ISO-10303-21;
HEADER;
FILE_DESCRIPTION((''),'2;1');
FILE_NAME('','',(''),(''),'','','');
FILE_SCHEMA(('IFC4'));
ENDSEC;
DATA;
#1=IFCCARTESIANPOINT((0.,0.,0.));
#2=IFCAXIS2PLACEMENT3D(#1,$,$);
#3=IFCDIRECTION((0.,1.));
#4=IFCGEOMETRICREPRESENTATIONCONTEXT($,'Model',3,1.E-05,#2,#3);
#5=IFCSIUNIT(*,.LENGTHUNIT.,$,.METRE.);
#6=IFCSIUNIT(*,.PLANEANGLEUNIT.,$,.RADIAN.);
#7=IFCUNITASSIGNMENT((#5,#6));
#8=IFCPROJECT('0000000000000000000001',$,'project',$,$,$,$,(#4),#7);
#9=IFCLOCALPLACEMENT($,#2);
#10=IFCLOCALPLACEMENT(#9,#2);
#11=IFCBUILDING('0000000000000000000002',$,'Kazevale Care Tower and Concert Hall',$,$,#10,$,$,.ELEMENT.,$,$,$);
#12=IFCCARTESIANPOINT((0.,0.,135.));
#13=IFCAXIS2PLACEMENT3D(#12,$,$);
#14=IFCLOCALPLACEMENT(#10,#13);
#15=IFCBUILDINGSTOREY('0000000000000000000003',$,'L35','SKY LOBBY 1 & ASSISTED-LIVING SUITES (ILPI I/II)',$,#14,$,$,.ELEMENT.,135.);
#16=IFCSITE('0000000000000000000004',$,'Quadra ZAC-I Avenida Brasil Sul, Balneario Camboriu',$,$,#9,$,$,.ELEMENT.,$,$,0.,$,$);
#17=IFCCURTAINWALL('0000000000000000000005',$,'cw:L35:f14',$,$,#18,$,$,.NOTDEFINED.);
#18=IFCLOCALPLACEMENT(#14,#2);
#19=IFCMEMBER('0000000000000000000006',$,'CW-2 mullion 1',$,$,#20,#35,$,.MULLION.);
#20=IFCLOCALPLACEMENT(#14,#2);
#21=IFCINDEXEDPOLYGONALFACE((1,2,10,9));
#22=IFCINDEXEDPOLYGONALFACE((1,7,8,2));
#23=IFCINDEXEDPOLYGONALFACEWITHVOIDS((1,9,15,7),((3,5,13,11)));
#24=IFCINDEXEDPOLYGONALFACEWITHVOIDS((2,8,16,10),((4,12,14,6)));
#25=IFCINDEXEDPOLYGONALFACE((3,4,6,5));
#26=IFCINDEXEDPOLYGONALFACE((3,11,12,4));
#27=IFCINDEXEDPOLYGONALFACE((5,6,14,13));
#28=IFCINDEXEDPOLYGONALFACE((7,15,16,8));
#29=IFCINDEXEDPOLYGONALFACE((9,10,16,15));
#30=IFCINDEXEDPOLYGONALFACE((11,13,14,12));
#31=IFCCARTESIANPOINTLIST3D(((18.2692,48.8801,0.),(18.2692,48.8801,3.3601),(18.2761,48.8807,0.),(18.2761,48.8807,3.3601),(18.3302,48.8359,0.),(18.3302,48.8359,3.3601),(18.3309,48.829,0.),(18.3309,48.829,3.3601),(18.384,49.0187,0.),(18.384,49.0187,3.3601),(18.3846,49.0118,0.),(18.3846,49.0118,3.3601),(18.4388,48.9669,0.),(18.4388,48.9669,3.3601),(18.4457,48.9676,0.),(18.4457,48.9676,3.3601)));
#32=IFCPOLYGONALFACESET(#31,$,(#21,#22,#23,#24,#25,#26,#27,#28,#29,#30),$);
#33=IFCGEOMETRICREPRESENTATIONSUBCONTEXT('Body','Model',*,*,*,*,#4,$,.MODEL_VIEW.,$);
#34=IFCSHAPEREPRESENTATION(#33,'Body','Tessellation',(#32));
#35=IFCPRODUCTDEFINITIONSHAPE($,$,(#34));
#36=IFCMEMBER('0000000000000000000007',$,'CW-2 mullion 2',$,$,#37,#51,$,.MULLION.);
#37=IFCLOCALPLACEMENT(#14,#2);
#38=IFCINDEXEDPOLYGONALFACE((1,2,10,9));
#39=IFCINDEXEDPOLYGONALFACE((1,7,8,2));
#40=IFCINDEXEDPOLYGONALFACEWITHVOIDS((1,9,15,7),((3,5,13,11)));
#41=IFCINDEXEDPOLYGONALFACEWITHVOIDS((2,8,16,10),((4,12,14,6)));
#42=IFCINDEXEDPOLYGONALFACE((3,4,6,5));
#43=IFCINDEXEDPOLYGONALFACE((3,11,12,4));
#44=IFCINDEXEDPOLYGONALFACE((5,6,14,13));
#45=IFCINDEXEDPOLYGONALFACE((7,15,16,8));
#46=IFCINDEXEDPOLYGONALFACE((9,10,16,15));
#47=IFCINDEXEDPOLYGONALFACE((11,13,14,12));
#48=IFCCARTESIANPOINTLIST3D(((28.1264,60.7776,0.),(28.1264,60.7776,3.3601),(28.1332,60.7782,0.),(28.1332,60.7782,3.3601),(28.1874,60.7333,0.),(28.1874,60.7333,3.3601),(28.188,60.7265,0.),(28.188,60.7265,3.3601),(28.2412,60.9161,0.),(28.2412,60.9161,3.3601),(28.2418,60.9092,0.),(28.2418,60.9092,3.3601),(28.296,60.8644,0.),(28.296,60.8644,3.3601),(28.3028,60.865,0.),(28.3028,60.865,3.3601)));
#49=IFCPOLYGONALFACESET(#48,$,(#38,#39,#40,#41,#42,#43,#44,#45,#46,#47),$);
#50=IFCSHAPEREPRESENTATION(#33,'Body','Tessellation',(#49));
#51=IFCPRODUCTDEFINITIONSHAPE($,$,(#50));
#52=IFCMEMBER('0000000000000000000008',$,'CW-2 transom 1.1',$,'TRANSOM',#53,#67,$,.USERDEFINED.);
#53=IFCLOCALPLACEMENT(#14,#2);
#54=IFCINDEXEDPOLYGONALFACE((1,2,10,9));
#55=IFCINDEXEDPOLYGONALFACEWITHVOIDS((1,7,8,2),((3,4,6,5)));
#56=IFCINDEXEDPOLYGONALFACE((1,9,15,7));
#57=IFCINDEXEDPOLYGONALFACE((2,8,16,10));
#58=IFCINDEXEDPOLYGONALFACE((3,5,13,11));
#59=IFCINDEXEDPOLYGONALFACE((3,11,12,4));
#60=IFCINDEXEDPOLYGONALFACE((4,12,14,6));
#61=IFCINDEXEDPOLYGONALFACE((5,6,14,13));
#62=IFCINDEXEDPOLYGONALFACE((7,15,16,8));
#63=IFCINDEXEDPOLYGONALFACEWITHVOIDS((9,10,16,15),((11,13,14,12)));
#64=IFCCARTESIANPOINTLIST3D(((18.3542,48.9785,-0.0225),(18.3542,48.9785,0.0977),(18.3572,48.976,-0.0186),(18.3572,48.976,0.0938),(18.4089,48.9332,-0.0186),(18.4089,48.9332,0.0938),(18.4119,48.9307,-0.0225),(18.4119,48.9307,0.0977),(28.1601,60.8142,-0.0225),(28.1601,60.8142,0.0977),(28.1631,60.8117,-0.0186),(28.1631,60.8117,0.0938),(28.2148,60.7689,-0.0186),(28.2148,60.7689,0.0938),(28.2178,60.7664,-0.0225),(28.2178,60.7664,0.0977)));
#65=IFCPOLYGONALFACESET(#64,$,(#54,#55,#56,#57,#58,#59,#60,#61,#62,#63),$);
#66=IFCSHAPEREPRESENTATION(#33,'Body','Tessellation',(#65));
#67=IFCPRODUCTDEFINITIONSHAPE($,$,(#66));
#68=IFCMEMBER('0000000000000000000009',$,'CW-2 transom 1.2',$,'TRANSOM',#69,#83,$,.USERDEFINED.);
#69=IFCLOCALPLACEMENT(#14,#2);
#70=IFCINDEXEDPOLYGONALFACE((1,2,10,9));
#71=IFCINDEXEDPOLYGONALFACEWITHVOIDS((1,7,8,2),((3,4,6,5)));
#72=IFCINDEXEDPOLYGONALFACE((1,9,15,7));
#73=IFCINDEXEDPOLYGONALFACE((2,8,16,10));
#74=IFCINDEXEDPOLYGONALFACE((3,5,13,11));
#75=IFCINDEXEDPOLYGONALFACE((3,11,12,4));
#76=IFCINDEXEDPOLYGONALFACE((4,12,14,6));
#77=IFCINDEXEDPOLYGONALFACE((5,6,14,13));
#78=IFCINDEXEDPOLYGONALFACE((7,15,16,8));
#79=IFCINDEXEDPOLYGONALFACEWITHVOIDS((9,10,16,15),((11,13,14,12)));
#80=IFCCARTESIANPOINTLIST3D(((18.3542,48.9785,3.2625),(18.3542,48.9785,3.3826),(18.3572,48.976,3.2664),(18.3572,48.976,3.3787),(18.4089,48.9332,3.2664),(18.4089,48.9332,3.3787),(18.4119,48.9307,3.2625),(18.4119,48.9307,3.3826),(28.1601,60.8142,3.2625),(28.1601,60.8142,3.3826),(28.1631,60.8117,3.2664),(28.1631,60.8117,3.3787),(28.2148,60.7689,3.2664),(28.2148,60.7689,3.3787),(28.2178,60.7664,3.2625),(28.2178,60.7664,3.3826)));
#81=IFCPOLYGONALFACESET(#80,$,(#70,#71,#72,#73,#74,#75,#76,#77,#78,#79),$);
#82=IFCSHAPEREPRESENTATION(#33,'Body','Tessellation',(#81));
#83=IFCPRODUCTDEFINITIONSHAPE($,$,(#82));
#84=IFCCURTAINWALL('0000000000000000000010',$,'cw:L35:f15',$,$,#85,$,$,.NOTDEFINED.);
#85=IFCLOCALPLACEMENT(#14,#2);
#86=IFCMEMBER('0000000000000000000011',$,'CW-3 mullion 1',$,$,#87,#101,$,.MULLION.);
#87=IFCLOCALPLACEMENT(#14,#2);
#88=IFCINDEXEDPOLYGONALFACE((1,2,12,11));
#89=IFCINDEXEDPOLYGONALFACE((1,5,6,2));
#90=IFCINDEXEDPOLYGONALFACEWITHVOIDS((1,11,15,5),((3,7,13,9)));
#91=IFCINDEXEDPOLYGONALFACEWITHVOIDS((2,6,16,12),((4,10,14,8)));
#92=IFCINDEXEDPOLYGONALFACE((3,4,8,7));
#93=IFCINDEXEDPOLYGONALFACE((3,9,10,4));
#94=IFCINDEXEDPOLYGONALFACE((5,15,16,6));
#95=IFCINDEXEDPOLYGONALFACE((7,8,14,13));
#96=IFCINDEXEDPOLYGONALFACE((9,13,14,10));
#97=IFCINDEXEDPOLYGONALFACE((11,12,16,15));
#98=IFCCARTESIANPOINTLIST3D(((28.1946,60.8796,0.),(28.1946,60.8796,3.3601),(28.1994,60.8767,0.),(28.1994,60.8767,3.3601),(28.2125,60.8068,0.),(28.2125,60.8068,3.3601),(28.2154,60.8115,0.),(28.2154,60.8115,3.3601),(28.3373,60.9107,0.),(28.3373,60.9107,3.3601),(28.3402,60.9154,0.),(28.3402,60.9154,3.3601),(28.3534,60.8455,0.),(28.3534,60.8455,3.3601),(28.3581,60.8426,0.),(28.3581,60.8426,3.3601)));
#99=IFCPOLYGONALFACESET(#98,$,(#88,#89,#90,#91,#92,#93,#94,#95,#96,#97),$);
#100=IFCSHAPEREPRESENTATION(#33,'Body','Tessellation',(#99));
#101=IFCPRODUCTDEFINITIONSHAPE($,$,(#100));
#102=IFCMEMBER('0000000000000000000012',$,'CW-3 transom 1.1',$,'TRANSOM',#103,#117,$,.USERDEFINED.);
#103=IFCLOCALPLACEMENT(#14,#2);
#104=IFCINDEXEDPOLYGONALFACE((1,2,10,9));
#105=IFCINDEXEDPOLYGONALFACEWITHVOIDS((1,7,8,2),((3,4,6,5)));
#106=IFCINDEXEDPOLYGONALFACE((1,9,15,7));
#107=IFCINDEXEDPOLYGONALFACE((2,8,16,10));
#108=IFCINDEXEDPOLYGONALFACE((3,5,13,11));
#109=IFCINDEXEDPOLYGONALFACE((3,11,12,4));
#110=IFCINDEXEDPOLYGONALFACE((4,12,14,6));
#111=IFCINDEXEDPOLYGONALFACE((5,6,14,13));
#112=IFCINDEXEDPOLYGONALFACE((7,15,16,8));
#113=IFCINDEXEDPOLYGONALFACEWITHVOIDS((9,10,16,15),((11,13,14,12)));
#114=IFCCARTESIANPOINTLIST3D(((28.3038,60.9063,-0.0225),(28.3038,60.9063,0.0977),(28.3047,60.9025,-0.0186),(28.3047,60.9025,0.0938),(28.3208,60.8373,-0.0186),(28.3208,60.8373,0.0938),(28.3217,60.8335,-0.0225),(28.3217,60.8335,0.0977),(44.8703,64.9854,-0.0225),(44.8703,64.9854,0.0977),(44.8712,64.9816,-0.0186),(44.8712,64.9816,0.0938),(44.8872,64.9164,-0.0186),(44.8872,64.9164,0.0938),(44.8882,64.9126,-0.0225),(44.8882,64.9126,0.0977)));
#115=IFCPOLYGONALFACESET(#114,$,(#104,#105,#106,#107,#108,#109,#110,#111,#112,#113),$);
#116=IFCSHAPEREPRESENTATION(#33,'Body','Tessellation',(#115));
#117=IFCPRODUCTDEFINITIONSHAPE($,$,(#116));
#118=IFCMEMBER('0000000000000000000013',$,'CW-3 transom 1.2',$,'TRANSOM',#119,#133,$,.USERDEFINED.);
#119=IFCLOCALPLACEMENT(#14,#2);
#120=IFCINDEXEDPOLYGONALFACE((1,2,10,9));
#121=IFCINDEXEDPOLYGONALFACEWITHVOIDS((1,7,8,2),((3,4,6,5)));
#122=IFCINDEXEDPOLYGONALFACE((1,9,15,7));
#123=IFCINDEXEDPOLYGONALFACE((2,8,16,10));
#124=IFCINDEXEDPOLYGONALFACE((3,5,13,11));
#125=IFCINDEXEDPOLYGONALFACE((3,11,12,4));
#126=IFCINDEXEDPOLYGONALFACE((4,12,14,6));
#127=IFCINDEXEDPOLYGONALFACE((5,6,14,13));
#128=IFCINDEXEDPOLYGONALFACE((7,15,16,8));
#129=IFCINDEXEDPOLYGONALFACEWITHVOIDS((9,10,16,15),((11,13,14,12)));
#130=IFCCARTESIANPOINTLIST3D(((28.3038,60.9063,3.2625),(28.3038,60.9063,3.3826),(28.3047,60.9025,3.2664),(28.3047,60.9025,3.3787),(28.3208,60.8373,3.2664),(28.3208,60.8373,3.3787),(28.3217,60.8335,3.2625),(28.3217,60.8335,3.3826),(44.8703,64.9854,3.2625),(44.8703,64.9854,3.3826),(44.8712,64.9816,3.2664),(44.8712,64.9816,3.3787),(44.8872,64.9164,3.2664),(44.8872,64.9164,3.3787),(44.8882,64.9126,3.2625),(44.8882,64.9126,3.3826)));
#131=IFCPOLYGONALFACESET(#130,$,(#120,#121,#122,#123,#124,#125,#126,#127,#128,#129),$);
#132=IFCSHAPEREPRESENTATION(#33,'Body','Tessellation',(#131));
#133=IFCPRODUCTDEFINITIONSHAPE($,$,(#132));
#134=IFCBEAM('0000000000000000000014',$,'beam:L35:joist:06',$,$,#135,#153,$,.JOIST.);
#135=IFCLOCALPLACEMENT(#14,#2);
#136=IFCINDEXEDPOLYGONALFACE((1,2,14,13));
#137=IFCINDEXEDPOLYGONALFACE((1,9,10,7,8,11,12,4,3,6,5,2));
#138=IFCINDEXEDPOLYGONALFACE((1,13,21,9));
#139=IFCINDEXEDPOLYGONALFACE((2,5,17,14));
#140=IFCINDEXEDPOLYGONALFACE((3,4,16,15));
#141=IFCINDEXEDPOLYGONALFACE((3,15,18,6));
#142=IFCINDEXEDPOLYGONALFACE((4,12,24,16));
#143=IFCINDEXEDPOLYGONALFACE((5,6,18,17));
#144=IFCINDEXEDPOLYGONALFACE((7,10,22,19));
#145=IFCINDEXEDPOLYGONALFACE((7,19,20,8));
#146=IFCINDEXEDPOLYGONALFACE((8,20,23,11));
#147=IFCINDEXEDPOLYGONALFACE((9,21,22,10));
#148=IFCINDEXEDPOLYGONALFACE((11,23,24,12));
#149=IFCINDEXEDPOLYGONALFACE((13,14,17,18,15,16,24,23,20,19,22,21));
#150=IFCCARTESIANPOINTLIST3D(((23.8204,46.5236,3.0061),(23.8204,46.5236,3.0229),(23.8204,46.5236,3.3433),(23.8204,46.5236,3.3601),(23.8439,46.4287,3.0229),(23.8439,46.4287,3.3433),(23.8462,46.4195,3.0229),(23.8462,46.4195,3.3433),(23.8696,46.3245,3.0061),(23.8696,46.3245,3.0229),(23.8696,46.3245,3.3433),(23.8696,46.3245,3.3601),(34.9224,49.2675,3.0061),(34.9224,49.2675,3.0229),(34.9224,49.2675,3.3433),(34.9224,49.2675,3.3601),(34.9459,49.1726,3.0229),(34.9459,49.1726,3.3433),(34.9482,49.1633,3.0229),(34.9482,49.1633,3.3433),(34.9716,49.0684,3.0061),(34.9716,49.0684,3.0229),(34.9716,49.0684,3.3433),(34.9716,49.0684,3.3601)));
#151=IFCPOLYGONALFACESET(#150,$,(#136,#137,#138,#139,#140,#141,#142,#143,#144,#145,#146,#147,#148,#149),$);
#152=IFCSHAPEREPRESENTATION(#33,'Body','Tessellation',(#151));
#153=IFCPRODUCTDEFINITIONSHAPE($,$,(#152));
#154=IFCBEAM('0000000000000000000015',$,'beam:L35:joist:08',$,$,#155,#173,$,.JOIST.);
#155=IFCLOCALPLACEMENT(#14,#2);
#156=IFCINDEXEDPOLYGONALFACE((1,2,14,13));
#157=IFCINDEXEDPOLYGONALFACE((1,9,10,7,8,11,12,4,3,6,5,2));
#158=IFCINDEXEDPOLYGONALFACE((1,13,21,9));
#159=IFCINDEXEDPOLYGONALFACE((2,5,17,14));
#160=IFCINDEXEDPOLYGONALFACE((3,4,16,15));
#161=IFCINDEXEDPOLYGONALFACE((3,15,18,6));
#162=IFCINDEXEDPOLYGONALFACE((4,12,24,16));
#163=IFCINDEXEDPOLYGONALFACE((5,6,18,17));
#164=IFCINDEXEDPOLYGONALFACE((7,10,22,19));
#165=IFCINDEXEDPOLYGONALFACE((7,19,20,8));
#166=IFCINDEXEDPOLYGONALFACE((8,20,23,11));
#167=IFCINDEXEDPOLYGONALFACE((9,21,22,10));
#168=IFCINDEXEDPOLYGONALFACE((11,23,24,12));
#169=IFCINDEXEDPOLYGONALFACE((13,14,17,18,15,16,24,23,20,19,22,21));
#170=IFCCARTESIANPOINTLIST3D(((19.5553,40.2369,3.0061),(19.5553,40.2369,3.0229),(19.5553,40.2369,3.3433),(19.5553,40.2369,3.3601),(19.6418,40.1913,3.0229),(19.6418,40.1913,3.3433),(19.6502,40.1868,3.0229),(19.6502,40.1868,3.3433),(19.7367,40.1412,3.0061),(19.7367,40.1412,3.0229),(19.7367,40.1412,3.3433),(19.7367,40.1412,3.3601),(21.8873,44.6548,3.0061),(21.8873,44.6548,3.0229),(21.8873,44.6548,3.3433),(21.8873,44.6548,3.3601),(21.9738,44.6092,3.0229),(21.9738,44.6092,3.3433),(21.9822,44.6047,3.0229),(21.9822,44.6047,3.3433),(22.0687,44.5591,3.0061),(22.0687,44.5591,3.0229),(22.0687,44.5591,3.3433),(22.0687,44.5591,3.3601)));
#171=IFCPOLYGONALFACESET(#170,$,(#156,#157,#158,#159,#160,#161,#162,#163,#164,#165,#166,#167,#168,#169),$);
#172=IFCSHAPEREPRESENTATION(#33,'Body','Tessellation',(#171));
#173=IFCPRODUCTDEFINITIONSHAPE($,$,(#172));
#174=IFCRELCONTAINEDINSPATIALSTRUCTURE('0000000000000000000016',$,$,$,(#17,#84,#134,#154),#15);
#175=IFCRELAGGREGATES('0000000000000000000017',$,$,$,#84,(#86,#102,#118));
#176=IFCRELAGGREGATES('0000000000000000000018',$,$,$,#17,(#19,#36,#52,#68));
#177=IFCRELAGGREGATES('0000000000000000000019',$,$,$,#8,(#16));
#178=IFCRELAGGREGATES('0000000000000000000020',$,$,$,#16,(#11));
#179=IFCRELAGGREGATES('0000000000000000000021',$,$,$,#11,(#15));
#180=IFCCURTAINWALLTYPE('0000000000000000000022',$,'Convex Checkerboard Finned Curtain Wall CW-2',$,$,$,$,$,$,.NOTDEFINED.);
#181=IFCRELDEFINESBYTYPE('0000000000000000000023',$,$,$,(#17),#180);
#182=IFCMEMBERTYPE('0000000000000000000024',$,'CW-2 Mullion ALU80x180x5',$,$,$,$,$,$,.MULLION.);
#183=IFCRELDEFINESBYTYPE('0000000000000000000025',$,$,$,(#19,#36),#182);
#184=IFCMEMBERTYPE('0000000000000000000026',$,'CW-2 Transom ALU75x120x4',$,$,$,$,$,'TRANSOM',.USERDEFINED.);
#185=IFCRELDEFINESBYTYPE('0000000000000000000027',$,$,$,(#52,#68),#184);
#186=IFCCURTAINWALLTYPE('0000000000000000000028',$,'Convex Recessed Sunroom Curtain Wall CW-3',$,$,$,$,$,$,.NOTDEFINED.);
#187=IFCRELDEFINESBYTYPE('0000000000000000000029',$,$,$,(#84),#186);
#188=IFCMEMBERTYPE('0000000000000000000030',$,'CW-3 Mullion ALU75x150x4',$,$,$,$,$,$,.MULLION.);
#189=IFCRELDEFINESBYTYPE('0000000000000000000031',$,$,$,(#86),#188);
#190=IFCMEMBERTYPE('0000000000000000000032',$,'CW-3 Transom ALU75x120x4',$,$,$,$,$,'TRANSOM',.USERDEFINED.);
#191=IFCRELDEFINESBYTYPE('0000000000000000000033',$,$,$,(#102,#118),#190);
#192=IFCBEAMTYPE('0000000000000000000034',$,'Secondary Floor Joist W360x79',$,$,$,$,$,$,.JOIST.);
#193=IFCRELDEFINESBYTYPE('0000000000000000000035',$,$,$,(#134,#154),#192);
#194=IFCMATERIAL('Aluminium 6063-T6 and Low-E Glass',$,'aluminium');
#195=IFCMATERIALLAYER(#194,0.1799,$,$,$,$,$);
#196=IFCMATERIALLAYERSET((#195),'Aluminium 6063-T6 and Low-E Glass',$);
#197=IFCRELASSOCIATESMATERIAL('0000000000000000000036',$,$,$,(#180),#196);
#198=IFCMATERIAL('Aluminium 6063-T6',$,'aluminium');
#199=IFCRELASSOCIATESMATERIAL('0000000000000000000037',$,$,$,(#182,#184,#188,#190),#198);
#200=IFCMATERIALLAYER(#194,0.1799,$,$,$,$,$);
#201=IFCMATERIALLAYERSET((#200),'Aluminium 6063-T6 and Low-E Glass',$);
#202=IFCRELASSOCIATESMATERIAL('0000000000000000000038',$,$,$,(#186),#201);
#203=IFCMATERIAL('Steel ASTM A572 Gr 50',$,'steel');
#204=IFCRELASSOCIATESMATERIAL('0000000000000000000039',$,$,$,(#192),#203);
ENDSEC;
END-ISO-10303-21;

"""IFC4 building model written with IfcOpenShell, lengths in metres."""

from ifc_helpers import new_model, si_unit, direction, frame, origin, origin_2d, place, context, subcontext, project, spatial, hollow_rectangle, i_section, extrude, material, layer, layer_set, material_profile, profile_set, type_object, element, aggregate, save


model = new_model("IFC4")

# Units and contexts
model_context = context("Model", 3, precision=1e-05, world=origin(), true_north=direction((0.0, 1.0)))
body_context = subcontext(model_context, "Body", "Model", "MODEL_VIEW")
ifc_project = project(units=[si_unit("LENGTHUNIT", "METRE"), si_unit("PLANEANGLEUNIT", "RADIAN")], contexts=[model_context])

# Site, building, storey
site_placement = place(None, origin())
site = spatial("IfcSite", under=ifc_project, at=site_placement, Name="Quadra ZAC-I Avenida Brasil Sul, Balneario Camboriu", CompositionType="ELEMENT", RefElevation=0.0)
building_placement = place(site_placement, origin())
building = spatial("IfcBuilding", under=site, at=building_placement, Name="Kazevale Care Tower and Concert Hall", CompositionType="ELEMENT")
storey_placement = place(building_placement, frame((0.0, 0.0, 135.0)))
storey = spatial("IfcBuildingStorey", under=building, at=storey_placement, Name="L35", Description="SKY LOBBY 1 & ASSISTED-LIVING SUITES (ILPI I/II)", CompositionType="ELEMENT", Elevation=135.0)

# Curtain walls, members
ifc_material_1 = material(Name="Aluminium 6063-T6 and Low-E Glass", Category="aluminium")
ifc_layer_1 = layer(ifc_material_1, 0.1799)
ifc_layer_set_1 = layer_set([ifc_layer_1], Name="Aluminium 6063-T6 and Low-E Glass")
curtain_wall_type_1 = type_object("IfcCurtainWallType", Name="Convex Checkerboard Finned Curtain Wall CW-2", PredefinedType="NOTDEFINED", material=ifc_layer_set_1)
curtain_wall_1_placement = place(storey_placement, origin())
curtain_wall_1 = element("IfcCurtainWall", 1, at=curtain_wall_1_placement, inside=storey, type_object=curtain_wall_type_1, Name="cw:L35:f14", PredefinedType="NOTDEFINED")
ifc_material_2 = material(Name="Aluminium 6063-T6", Category="aluminium")
ifc_material_profile_1 = material_profile(ifc_material_2, hollow_rectangle(XDim=0.0801, YDim=0.1799, WallThickness=0.0049, at=origin_2d()), Name="ALU80x180x5")
ifc_profile_set_1 = profile_set([ifc_material_profile_1], Name="Aluminium 6063-T6")
member_type_1 = type_object("IfcMemberType", Name="CW-2 Mullion ALU80x180x5", PredefinedType="MULLION", material=ifc_profile_set_1)
member_1_placement = place(storey_placement, frame((18.3574, 48.9238, 0.0), z_axis=(0.0, 0.0, 1.0), x_axis=(-0.77005, 0.637984, 0.0)))
member_1 = element("IfcMember", 2, at=member_1_placement, type_object=member_type_1, Name="CW-2 mullion 1", PredefinedType="MULLION", context=body_context, shape_type="SweptSolid", body=[
    extrude(hollow_rectangle(XDim=0.0801, YDim=0.1799, WallThickness=0.0049, at=origin_2d()), origin(), (0.0, 0.0, 1.0), 3.3601),
])
member_2_placement = place(storey_placement, frame((28.2146, 60.8213, 0.0), z_axis=(0.0, 0.0, 1.0), x_axis=(-0.77005, 0.637984, 0.0)))
member_2 = element("IfcMember", 3, at=member_2_placement, type_object=member_type_1, Name="CW-2 mullion 2", PredefinedType="MULLION", context=body_context, shape_type="SweptSolid", body=[
    extrude(hollow_rectangle(XDim=0.0801, YDim=0.1799, WallThickness=0.0049, at=origin_2d()), origin(), (0.0, 0.0, 1.0), 3.3601),
])
ifc_material_profile_2 = material_profile(ifc_material_2, hollow_rectangle(XDim=0.075, YDim=0.1201, WallThickness=0.0039, at=origin_2d()), Name="ALU75x120x4")
ifc_profile_set_2 = profile_set([ifc_material_profile_2], Name="Aluminium 6063-T6")
member_type_2 = type_object("IfcMemberType", Name="CW-2 Transom ALU75x120x4", ElementType="TRANSOM", PredefinedType="USERDEFINED", material=ifc_profile_set_2)
member_3_placement = place(storey_placement, frame((18.3831, 48.9546, 0.0376), z_axis=(0.637987, 0.770047, 0.0), x_axis=(-0.770047, 0.637987, 0.0)))
member_3 = element("IfcMember", 4, at=member_3_placement, type_object=member_type_2, Name="CW-2 transom 1.1", ObjectType="TRANSOM", PredefinedType="USERDEFINED", context=body_context, shape_type="SweptSolid", body=[
    extrude(hollow_rectangle(XDim=0.075, YDim=0.1201, WallThickness=0.0039, at=origin_2d()), origin(), (0.0, 0.0, 1.0), 15.3701),
])
member_4_placement = place(storey_placement, frame((18.3831, 48.9546, 3.3225), z_axis=(0.637987, 0.770047, 0.0), x_axis=(-0.770047, 0.637987, 0.0)))
member_4 = element("IfcMember", 5, at=member_4_placement, type_object=member_type_2, Name="CW-2 transom 1.2", ObjectType="TRANSOM", PredefinedType="USERDEFINED", context=body_context, shape_type="SweptSolid", body=[
    extrude(hollow_rectangle(XDim=0.075, YDim=0.1201, WallThickness=0.0039, at=origin_2d()), origin(), (0.0, 0.0, 1.0), 15.3701),
])
ifc_layer_2 = layer(ifc_material_1, 0.1799)
ifc_layer_set_2 = layer_set([ifc_layer_2], Name="Aluminium 6063-T6 and Low-E Glass")
curtain_wall_type_2 = type_object("IfcCurtainWallType", Name="Convex Recessed Sunroom Curtain Wall CW-3", PredefinedType="NOTDEFINED", material=ifc_layer_set_2)
curtain_wall_2_placement = place(storey_placement, origin())
curtain_wall_2 = element("IfcCurtainWall", 6, at=curtain_wall_2_placement, inside=storey, type_object=curtain_wall_type_2, Name="cw:L35:f15", PredefinedType="NOTDEFINED")
ifc_material_profile_3 = material_profile(ifc_material_2, hollow_rectangle(XDim=0.075, YDim=0.1499, WallThickness=0.0039, at=origin_2d()), Name="ALU75x150x4")
ifc_profile_set_3 = profile_set([ifc_material_profile_3], Name="Aluminium 6063-T6")
member_type_3 = type_object("IfcMemberType", Name="CW-3 Mullion ALU75x150x4", PredefinedType="MULLION", material=ifc_profile_set_3)
member_5_placement = place(storey_placement, frame((28.2764, 60.8611, 0.0), z_axis=(0.0, 0.0, 1.0), x_axis=(-0.239089, 0.970998, 0.0)))
member_5 = element("IfcMember", 7, at=member_5_placement, type_object=member_type_3, Name="CW-3 mullion 1", PredefinedType="MULLION", context=body_context, shape_type="SweptSolid", body=[
    extrude(hollow_rectangle(XDim=0.075, YDim=0.1499, WallThickness=0.0039, at=origin_2d()), origin(), (0.0, 0.0, 1.0), 3.3601),
])
ifc_material_profile_4 = material_profile(ifc_material_2, hollow_rectangle(XDim=0.075, YDim=0.1201, WallThickness=0.0039, at=origin_2d()), Name="ALU75x120x4")
ifc_profile_set_4 = profile_set([ifc_material_profile_4], Name="Aluminium 6063-T6")
member_type_4 = type_object("IfcMemberType", Name="CW-3 Transom ALU75x120x4", ElementType="TRANSOM", PredefinedType="USERDEFINED", material=ifc_profile_set_4)
member_6_placement = place(storey_placement, frame((28.3127, 60.8699, 0.0376), z_axis=(0.970998, 0.239086, 0.0), x_axis=(-0.239086, 0.970998, 0.0)))
member_6 = element("IfcMember", 8, at=member_6_placement, type_object=member_type_4, Name="CW-3 transom 1.1", ObjectType="TRANSOM", PredefinedType="USERDEFINED", context=body_context, shape_type="SweptSolid", body=[
    extrude(hollow_rectangle(XDim=0.075, YDim=0.1201, WallThickness=0.0039, at=origin_2d()), origin(), (0.0, 0.0, 1.0), 17.0613),
])
member_7_placement = place(storey_placement, frame((28.3127, 60.8699, 3.3225), z_axis=(0.970998, 0.239086, 0.0), x_axis=(-0.239086, 0.970998, 0.0)))
member_7 = element("IfcMember", 9, at=member_7_placement, type_object=member_type_4, Name="CW-3 transom 1.2", ObjectType="TRANSOM", PredefinedType="USERDEFINED", context=body_context, shape_type="SweptSolid", body=[
    extrude(hollow_rectangle(XDim=0.075, YDim=0.1201, WallThickness=0.0039, at=origin_2d()), origin(), (0.0, 0.0, 1.0), 17.0613),
])
aggregate(curtain_wall_2, [member_5, member_6, member_7])

# Beams
ifc_material_3 = material(Name="Steel ASTM A572 Gr 50", Category="steel")
ifc_material_profile_5 = material_profile(ifc_material_3, i_section(OverallWidth=0.2051, OverallDepth=0.354, WebThickness=0.0095, FlangeThickness=0.0168, at=origin_2d()), Name="W360x79")
ifc_profile_set_5 = profile_set([ifc_material_profile_5], Name="Steel ASTM A572 Gr 50")
beam_type_1 = type_object("IfcBeamType", Name="Secondary Floor Joist W360x79", PredefinedType="JOIST", material=ifc_profile_set_5)
beam_1_placement = place(storey_placement, frame((34.947, 49.168, 3.1831), z_axis=(-0.97079, -0.239933, 0.0), x_axis=(0.239933, -0.97079, 0.0)))
element("IfcBeam", 10, at=beam_1_placement, inside=storey, type_object=beam_type_1, Name="beam:L35:joist:06", PredefinedType="JOIST", context=body_context, shape_type="SweptSolid", body=[
    extrude(i_section(OverallWidth=0.2051, OverallDepth=0.354, WebThickness=0.0095, FlangeThickness=0.0168, at=origin_2d()), origin(), (0.0, 0.0, 1.0), 11.436),
])
beam_2_placement = place(storey_placement, frame((21.978, 44.6069, 3.1831), z_axis=(-0.46681, -0.884358, 0.0), x_axis=(0.884358, -0.46681, 0.0)))
element("IfcBeam", 11, at=beam_2_placement, inside=storey, type_object=beam_type_1, Name="beam:L35:joist:08", PredefinedType="JOIST", context=body_context, shape_type="SweptSolid", body=[
    extrude(i_section(OverallWidth=0.2051, OverallDepth=0.354, WebThickness=0.0095, FlangeThickness=0.0168, at=origin_2d()), origin(), (0.0, 0.0, 1.0), 4.9956),
])

aggregate(curtain_wall_1, [member_1, member_2, member_3, member_4])

save(model, "model.ifc")
